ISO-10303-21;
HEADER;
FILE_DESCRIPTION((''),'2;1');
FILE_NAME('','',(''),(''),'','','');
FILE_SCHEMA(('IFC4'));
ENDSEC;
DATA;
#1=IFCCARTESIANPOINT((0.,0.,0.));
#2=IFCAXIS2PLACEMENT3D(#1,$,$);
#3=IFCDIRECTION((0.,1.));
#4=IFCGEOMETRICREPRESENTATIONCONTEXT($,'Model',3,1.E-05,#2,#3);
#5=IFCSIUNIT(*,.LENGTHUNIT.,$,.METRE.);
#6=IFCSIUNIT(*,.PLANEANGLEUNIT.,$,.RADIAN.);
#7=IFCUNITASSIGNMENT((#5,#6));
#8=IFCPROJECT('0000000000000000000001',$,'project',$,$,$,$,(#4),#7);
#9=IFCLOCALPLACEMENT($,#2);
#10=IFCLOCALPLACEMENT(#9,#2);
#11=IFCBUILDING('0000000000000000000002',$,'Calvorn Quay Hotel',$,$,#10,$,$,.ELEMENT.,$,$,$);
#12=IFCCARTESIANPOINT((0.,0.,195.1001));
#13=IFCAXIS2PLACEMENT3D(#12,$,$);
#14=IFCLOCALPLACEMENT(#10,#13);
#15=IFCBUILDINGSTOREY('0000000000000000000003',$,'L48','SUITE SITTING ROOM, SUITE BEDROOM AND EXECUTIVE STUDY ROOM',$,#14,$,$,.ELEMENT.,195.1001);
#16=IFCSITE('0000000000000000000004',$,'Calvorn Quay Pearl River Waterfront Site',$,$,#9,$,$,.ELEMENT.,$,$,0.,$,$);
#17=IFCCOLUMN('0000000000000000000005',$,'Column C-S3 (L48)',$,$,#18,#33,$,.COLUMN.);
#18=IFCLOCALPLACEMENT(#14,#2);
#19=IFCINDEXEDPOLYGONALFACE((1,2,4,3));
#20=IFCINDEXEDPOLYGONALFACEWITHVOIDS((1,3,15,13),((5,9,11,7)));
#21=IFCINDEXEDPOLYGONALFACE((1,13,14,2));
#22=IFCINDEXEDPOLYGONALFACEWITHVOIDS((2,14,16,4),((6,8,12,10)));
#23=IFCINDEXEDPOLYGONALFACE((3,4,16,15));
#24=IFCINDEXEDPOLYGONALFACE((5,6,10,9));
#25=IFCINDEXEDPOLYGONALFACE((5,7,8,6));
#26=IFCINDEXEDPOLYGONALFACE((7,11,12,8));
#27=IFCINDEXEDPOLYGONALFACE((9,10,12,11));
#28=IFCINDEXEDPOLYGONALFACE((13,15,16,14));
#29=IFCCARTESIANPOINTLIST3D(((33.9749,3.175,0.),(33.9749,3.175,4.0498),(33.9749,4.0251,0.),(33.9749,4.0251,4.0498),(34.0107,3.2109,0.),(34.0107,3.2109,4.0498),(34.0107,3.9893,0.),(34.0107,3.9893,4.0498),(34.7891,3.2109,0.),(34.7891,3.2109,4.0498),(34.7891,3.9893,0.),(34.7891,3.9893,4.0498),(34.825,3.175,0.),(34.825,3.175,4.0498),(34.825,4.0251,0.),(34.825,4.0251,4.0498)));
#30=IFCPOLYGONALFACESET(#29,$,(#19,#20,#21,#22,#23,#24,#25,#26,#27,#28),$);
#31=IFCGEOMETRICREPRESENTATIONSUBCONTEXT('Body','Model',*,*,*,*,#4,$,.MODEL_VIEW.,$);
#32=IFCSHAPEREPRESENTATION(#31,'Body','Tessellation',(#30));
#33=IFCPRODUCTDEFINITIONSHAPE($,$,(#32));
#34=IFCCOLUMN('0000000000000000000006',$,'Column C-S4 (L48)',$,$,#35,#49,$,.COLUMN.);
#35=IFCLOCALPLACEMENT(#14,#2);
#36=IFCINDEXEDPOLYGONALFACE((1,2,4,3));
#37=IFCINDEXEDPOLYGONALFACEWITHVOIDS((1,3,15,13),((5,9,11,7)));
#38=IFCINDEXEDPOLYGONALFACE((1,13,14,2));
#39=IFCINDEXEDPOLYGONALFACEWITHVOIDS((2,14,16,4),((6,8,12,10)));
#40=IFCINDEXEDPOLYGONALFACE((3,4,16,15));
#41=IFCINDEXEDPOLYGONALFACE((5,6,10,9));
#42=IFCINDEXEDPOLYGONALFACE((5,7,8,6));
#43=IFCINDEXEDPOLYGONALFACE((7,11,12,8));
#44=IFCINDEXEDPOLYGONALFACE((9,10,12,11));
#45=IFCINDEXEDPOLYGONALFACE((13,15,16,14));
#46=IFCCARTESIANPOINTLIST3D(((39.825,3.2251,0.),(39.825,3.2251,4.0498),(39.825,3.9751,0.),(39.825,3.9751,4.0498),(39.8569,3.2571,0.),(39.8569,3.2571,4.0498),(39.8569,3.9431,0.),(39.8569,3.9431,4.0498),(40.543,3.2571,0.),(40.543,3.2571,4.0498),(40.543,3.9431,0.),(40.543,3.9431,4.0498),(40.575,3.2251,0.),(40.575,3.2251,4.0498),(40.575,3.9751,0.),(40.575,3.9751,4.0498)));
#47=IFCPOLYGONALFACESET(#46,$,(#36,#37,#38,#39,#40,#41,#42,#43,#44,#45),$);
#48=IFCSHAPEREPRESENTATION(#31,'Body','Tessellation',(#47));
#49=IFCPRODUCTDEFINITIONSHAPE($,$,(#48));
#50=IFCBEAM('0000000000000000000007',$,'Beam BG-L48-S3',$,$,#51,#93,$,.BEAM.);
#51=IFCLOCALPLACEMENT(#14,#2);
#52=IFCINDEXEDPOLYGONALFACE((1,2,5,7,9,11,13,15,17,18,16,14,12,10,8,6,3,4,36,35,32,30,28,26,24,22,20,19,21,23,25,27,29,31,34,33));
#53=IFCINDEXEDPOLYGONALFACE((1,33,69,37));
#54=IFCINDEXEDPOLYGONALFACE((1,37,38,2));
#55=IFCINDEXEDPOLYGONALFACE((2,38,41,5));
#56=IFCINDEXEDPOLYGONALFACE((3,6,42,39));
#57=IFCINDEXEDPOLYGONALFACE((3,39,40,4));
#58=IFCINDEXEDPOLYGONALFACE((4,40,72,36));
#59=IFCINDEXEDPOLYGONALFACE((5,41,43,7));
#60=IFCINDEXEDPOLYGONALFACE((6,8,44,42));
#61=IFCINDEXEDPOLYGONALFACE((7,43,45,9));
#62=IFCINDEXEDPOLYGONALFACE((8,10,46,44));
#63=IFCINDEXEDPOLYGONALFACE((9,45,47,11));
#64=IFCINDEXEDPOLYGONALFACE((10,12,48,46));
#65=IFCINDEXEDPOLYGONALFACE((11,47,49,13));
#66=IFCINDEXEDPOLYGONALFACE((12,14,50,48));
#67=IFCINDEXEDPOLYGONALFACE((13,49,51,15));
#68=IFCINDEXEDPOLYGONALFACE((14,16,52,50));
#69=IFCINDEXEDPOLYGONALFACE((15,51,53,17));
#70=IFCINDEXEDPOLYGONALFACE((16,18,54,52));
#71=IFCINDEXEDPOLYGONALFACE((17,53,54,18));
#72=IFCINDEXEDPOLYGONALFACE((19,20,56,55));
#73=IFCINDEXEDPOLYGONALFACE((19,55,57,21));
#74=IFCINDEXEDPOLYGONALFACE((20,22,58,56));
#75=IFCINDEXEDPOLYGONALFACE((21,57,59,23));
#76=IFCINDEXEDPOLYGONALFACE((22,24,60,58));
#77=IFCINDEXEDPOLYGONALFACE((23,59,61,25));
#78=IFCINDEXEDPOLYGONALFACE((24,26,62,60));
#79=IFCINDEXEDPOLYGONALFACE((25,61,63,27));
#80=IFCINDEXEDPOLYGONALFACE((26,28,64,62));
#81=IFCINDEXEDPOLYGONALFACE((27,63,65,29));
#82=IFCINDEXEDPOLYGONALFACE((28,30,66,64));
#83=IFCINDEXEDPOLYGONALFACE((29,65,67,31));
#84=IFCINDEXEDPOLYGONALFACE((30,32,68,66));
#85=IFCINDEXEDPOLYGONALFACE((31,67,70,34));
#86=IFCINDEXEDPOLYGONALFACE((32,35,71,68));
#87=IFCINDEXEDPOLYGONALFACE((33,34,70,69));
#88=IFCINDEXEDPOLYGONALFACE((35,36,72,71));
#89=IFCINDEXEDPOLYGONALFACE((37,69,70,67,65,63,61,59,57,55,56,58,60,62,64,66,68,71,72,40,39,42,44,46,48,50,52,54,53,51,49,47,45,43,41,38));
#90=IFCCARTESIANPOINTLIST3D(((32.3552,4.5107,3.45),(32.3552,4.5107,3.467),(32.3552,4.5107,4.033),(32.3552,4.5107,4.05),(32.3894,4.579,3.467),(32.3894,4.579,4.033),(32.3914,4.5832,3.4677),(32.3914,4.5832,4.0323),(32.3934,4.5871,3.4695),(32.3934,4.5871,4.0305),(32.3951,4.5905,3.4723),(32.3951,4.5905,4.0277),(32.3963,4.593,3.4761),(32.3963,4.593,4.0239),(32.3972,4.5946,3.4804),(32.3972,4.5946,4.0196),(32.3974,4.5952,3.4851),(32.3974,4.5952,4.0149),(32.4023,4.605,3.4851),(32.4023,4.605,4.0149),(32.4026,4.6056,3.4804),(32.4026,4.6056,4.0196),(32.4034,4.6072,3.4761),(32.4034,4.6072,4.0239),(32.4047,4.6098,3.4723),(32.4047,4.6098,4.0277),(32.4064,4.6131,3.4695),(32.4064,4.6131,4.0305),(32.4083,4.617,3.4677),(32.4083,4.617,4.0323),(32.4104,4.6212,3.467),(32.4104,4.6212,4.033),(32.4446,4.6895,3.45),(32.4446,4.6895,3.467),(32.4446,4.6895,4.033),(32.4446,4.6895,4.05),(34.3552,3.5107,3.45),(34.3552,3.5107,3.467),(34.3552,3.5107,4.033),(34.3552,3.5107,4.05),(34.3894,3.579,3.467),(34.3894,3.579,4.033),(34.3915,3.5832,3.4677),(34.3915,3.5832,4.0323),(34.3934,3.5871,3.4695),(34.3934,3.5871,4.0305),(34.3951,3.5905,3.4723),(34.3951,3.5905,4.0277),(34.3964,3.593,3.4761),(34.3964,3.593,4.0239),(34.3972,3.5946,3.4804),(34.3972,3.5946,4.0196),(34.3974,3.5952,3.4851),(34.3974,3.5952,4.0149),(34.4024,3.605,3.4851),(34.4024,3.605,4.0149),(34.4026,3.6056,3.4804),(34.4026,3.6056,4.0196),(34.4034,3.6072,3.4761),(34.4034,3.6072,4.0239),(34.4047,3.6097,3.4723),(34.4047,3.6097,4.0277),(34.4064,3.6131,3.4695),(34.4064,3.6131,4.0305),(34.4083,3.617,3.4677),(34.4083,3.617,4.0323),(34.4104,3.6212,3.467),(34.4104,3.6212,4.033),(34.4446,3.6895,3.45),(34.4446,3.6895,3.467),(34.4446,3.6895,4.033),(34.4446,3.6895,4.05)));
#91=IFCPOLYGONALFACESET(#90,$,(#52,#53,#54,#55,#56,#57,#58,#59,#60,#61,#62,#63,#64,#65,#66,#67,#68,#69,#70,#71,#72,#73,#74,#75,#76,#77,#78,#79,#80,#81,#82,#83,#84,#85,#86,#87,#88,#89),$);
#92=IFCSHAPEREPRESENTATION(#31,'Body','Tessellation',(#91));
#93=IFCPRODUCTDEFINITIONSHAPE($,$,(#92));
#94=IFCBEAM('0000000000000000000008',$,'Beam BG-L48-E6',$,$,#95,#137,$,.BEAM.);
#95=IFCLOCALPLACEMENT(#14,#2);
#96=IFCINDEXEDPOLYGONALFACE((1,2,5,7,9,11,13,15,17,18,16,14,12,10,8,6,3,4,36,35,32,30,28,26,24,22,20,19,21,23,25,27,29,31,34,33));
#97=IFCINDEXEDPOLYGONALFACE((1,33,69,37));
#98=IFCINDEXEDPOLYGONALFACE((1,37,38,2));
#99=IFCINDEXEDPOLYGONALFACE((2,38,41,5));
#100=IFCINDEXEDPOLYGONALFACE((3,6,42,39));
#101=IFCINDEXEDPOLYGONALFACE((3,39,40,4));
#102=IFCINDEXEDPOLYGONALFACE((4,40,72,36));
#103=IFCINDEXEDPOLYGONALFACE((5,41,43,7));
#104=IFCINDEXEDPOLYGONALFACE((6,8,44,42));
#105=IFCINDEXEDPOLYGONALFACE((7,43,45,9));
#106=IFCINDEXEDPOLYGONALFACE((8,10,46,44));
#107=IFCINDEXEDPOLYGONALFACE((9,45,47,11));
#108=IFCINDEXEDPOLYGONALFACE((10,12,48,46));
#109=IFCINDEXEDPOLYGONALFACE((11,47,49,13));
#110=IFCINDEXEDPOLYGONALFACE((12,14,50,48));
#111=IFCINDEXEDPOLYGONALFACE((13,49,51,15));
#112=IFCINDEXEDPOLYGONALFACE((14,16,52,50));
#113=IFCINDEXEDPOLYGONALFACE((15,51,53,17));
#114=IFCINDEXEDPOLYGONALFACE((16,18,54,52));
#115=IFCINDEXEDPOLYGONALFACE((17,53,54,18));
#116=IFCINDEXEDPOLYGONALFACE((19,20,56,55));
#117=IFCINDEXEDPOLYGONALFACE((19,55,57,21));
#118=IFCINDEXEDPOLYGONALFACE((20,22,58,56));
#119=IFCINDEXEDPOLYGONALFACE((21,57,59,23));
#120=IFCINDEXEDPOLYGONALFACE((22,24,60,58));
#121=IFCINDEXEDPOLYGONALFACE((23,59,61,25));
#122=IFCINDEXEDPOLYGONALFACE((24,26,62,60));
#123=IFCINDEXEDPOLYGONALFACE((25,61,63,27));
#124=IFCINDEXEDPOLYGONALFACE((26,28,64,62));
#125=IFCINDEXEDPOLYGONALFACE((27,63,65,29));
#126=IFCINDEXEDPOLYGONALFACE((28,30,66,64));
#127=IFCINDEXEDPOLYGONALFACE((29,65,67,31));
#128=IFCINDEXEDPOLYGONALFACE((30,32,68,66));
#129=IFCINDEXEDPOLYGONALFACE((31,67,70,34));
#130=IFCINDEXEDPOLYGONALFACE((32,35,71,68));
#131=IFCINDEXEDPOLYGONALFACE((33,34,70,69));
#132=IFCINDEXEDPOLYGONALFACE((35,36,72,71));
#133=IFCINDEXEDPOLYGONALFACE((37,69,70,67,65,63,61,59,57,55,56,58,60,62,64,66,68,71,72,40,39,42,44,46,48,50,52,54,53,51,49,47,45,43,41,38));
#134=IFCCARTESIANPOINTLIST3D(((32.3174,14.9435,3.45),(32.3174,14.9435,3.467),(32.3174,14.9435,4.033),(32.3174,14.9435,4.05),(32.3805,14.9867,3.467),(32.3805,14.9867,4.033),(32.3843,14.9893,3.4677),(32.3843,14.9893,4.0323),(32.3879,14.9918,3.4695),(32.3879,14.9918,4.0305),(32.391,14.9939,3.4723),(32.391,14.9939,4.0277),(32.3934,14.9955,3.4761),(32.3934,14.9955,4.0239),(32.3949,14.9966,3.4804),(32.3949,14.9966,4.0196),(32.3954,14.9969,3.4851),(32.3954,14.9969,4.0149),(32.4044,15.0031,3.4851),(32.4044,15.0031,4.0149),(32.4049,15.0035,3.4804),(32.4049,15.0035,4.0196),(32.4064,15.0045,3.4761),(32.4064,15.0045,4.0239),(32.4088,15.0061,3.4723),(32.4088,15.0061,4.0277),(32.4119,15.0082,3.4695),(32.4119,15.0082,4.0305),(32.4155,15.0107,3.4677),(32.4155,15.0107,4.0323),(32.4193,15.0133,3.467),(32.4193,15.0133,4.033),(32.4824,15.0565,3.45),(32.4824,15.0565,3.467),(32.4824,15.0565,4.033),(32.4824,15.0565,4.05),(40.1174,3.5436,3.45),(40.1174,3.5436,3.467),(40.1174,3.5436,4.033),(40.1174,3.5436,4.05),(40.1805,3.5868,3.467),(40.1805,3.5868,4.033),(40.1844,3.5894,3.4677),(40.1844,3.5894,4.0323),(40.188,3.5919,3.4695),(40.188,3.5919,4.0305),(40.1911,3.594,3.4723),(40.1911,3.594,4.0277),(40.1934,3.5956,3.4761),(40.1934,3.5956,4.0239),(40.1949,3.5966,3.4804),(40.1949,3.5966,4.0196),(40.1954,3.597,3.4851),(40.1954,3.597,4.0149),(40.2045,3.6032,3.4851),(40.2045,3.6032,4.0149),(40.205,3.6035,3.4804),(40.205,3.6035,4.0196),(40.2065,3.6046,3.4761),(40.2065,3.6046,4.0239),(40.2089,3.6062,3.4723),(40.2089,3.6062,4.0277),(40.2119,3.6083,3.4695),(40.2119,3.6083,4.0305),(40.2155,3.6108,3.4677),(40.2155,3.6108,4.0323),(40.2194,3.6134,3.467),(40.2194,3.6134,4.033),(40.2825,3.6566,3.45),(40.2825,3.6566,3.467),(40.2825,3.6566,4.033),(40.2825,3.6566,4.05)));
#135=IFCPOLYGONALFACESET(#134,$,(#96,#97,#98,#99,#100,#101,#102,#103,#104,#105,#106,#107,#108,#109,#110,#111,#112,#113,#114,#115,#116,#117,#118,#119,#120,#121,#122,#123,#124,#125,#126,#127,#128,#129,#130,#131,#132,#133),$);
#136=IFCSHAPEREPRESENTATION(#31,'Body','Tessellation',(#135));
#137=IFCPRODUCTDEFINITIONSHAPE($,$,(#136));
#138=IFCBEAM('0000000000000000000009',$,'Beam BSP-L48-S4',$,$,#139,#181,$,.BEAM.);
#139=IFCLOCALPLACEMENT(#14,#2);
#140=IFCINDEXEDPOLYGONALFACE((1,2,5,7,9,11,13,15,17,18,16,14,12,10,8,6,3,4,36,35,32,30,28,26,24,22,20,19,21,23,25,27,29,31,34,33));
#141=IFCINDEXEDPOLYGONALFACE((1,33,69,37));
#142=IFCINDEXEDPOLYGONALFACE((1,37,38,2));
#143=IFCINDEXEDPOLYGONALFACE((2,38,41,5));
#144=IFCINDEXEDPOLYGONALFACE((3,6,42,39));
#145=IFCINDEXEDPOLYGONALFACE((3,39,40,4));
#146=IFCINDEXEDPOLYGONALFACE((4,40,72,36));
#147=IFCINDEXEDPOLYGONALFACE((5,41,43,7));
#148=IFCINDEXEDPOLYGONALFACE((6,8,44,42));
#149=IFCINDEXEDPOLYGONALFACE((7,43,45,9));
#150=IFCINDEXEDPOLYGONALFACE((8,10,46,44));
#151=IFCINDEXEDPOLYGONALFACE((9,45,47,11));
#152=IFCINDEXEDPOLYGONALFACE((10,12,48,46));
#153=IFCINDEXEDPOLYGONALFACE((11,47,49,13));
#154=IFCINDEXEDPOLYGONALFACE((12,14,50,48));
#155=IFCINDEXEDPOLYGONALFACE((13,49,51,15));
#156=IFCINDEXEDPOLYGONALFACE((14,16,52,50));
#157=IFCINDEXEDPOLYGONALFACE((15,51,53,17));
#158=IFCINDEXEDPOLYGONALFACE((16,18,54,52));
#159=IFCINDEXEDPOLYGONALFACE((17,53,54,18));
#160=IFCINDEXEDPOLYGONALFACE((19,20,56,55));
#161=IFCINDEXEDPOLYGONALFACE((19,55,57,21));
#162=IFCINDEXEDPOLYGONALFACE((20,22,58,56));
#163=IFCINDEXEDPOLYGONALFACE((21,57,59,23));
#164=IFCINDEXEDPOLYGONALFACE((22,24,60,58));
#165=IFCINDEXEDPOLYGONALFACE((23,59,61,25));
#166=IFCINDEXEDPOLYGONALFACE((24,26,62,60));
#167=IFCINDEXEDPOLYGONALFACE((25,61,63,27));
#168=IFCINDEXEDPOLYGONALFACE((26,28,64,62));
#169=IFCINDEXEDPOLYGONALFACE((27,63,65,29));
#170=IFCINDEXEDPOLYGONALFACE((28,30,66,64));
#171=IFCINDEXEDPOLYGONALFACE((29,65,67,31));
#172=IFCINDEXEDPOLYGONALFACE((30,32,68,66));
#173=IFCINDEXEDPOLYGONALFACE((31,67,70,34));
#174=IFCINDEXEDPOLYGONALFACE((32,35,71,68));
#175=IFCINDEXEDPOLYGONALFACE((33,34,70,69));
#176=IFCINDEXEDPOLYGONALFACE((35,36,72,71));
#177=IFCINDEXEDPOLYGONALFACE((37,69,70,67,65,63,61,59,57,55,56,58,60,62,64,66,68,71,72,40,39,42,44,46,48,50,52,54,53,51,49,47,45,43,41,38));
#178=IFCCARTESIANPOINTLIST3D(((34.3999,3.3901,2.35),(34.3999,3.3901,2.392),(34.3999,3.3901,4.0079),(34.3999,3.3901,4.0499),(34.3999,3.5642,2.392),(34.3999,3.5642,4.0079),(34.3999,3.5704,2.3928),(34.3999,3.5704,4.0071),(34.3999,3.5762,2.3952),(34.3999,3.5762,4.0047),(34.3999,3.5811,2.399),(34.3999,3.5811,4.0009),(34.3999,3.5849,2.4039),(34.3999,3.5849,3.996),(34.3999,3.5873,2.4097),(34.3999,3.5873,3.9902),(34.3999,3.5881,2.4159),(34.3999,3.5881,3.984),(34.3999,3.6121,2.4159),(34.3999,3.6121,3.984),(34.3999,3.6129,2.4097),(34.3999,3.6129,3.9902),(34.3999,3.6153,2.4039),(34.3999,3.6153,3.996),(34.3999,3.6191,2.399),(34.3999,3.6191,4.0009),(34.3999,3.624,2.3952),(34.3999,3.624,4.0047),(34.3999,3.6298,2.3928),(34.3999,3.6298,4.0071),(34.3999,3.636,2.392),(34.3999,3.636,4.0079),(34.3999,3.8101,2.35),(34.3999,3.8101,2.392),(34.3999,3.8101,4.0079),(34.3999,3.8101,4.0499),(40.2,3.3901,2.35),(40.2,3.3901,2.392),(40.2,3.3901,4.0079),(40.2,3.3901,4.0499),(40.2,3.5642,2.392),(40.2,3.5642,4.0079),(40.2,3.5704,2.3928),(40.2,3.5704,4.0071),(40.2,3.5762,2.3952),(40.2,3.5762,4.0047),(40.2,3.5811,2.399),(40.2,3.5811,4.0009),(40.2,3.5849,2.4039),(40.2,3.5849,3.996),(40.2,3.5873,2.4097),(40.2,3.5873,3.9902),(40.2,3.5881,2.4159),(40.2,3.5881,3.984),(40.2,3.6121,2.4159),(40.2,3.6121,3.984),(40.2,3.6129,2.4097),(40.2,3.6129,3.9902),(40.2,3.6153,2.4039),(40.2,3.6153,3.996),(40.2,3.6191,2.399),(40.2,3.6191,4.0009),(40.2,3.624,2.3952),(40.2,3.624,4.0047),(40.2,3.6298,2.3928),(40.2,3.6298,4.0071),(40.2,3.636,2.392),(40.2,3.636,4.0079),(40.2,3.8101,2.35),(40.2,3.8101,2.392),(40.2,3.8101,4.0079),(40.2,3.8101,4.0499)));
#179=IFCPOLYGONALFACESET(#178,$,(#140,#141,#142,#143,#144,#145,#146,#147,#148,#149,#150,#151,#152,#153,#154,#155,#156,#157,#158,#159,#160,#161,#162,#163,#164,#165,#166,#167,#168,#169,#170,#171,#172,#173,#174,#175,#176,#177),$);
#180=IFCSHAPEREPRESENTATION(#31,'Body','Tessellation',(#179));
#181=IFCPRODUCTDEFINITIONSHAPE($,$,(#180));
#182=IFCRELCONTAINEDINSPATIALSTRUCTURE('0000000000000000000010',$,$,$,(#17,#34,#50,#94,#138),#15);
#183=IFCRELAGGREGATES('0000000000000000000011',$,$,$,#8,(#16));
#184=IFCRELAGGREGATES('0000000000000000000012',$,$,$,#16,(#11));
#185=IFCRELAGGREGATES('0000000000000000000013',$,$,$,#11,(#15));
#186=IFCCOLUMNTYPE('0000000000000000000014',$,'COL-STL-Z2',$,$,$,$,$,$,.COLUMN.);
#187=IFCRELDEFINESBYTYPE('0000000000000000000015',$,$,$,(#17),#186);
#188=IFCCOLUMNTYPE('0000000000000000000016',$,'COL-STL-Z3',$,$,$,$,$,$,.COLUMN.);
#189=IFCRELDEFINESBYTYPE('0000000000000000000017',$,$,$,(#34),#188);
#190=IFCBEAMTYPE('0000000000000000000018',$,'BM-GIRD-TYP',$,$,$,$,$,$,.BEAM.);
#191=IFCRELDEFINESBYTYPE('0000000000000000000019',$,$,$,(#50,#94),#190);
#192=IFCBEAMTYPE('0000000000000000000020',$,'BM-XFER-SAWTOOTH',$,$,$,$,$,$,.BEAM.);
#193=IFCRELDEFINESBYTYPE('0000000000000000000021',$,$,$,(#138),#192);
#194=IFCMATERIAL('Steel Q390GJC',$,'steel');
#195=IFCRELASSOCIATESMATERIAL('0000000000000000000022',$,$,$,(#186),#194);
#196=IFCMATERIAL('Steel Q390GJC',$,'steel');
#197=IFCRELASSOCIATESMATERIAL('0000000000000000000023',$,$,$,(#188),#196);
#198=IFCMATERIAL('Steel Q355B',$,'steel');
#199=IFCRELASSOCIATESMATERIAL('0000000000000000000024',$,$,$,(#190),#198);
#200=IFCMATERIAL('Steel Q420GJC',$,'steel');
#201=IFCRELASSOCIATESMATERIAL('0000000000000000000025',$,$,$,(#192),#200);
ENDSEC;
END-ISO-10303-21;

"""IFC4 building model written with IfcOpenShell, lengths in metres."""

from ifc_helpers import new_model, si_unit, direction, frame, origin, origin_2d, place, context, subcontext, project, spatial, hollow_rectangle, i_section, extrude, material, material_profile, profile_set, type_object, element, save


model = new_model("IFC4")

# Units and contexts
model_context = context("Model", 3, precision=1e-05, world=origin(), true_north=direction((0.0, 1.0)))
body_context = subcontext(model_context, "Body", "Model", "MODEL_VIEW")
ifc_project = project(units=[si_unit("LENGTHUNIT", "METRE"), si_unit("PLANEANGLEUNIT", "RADIAN")], contexts=[model_context])

# Site, building, storey
site_placement = place(None, origin())
site = spatial("IfcSite", under=ifc_project, at=site_placement, Name="Calvorn Quay Pearl River Waterfront Site", CompositionType="ELEMENT", RefElevation=0.0)
building_placement = place(site_placement, origin())
building = spatial("IfcBuilding", under=site, at=building_placement, Name="Calvorn Quay Hotel", CompositionType="ELEMENT")
storey_placement = place(building_placement, frame((0.0, 0.0, 195.1001)))
storey = spatial("IfcBuildingStorey", under=building, at=storey_placement, Name="L48", Description="SUITE SITTING ROOM, SUITE BEDROOM AND EXECUTIVE STUDY ROOM", CompositionType="ELEMENT", Elevation=195.1001)

# Columns
ifc_material_1 = material(Name="Steel Q390GJC", Category="steel")
ifc_material_profile_1 = material_profile(ifc_material_1, hollow_rectangle(XDim=0.8501, YDim=0.8501, WallThickness=0.0359, at=origin_2d()), Name="BOX850x850x36")
ifc_profile_set_1 = profile_set([ifc_material_profile_1], Name="Steel Q390GJC")
column_type_1 = type_object("IfcColumnType", Name="COL-STL-Z2", PredefinedType="COLUMN", material=ifc_profile_set_1)
column_1_placement = place(storey_placement, frame((34.3999, 3.6001, 0.0), z_axis=(0.0, 0.0, 1.0), x_axis=(1.0, 0.0, 0.0)))
element("IfcColumn", 1, at=column_1_placement, inside=storey, type_object=column_type_1, Name="Column C-S3 (L48)", PredefinedType="COLUMN", context=body_context, shape_type="SweptSolid", body=[
    extrude(hollow_rectangle(XDim=0.8501, YDim=0.8501, WallThickness=0.0359, at=origin_2d()), origin(), (0.0, 0.0, 1.0), 4.0498),
])
ifc_material_2 = material(Name="Steel Q390GJC", Category="steel")
ifc_material_profile_2 = material_profile(ifc_material_2, hollow_rectangle(XDim=0.75, YDim=0.75, WallThickness=0.032, at=origin_2d()), Name="BOX750x750x32")
ifc_profile_set_2 = profile_set([ifc_material_profile_2], Name="Steel Q390GJC")
column_type_2 = type_object("IfcColumnType", Name="COL-STL-Z3", PredefinedType="COLUMN", material=ifc_profile_set_2)
column_2_placement = place(storey_placement, frame((40.2, 3.6001, 0.0), z_axis=(0.0, 0.0, 1.0), x_axis=(1.0, 0.0, 0.0)))
element("IfcColumn", 2, at=column_2_placement, inside=storey, type_object=column_type_2, Name="Column C-S4 (L48)", PredefinedType="COLUMN", context=body_context, shape_type="SweptSolid", body=[
    extrude(hollow_rectangle(XDim=0.75, YDim=0.75, WallThickness=0.032, at=origin_2d()), origin(), (0.0, 0.0, 1.0), 4.0498),
])

# Beams
ifc_material_3 = material(Name="Steel Q355B", Category="steel")
ifc_material_profile_3 = material_profile(ifc_material_3, i_section(OverallWidth=0.2, OverallDepth=0.6001, WebThickness=0.011, FlangeThickness=0.0171, FilletRadius=0.0181, at=origin_2d()), Name="HN600x200x11x17")
ifc_profile_set_3 = profile_set([ifc_material_profile_3], Name="Steel Q355B")
beam_type_1 = type_object("IfcBeamType", Name="BM-GIRD-TYP", PredefinedType="BEAM", material=ifc_profile_set_3)
beam_1_placement = place(storey_placement, frame((34.3999, 3.6001, 3.75), z_axis=(-0.894427, 0.447214, 0.0), x_axis=(-0.447214, -0.894427, 0.0)))
element("IfcBeam", 3, at=beam_1_placement, inside=storey, type_object=beam_type_1, Name="Beam BG-L48-S3", PredefinedType="BEAM", context=body_context, shape_type="SweptSolid", body=[
    extrude(i_section(OverallWidth=0.2, OverallDepth=0.6001, WebThickness=0.011, FlangeThickness=0.0171, FilletRadius=0.0181, at=origin_2d()), origin(), (0.0, 0.0, 1.0), 2.2361),
])
beam_2_placement = place(storey_placement, frame((40.2, 3.6001, 3.75), z_axis=(-0.56469, 0.825303, 0.0), x_axis=(-0.825303, -0.56469, 0.0)))
element("IfcBeam", 4, at=beam_2_placement, inside=storey, type_object=beam_type_1, Name="Beam BG-L48-E6", PredefinedType="BEAM", context=body_context, shape_type="SweptSolid", body=[
    extrude(i_section(OverallWidth=0.2, OverallDepth=0.6001, WebThickness=0.011, FlangeThickness=0.0171, FilletRadius=0.0181, at=origin_2d()), origin(), (0.0, 0.0, 1.0), 13.813),
])
ifc_material_4 = material(Name="Steel Q420GJC", Category="steel")
ifc_material_profile_4 = material_profile(ifc_material_4, i_section(OverallWidth=0.4199, OverallDepth=1.7, WebThickness=0.0239, FlangeThickness=0.042, FilletRadius=0.0239, at=origin_2d()), Name="HN1700x420x24x42")
ifc_profile_set_4 = profile_set([ifc_material_profile_4], Name="Steel Q420GJC")
beam_type_2 = type_object("IfcBeamType", Name="BM-XFER-SAWTOOTH", PredefinedType="BEAM", material=ifc_profile_set_4)
beam_3_placement = place(storey_placement, frame((34.3999, 3.6001, 3.2), z_axis=(1.0, 0.0, 0.0), x_axis=(0.0, 1.0, 0.0)))
element("IfcBeam", 5, at=beam_3_placement, inside=storey, type_object=beam_type_2, Name="Beam BSP-L48-S4", PredefinedType="BEAM", context=body_context, shape_type="SweptSolid", body=[
    extrude(i_section(OverallWidth=0.4199, OverallDepth=1.7, WebThickness=0.0239, FlangeThickness=0.042, FilletRadius=0.0239, at=origin_2d()), origin(), (0.0, 0.0, 1.0), 5.8),
])

save(model, "model.ifc")
